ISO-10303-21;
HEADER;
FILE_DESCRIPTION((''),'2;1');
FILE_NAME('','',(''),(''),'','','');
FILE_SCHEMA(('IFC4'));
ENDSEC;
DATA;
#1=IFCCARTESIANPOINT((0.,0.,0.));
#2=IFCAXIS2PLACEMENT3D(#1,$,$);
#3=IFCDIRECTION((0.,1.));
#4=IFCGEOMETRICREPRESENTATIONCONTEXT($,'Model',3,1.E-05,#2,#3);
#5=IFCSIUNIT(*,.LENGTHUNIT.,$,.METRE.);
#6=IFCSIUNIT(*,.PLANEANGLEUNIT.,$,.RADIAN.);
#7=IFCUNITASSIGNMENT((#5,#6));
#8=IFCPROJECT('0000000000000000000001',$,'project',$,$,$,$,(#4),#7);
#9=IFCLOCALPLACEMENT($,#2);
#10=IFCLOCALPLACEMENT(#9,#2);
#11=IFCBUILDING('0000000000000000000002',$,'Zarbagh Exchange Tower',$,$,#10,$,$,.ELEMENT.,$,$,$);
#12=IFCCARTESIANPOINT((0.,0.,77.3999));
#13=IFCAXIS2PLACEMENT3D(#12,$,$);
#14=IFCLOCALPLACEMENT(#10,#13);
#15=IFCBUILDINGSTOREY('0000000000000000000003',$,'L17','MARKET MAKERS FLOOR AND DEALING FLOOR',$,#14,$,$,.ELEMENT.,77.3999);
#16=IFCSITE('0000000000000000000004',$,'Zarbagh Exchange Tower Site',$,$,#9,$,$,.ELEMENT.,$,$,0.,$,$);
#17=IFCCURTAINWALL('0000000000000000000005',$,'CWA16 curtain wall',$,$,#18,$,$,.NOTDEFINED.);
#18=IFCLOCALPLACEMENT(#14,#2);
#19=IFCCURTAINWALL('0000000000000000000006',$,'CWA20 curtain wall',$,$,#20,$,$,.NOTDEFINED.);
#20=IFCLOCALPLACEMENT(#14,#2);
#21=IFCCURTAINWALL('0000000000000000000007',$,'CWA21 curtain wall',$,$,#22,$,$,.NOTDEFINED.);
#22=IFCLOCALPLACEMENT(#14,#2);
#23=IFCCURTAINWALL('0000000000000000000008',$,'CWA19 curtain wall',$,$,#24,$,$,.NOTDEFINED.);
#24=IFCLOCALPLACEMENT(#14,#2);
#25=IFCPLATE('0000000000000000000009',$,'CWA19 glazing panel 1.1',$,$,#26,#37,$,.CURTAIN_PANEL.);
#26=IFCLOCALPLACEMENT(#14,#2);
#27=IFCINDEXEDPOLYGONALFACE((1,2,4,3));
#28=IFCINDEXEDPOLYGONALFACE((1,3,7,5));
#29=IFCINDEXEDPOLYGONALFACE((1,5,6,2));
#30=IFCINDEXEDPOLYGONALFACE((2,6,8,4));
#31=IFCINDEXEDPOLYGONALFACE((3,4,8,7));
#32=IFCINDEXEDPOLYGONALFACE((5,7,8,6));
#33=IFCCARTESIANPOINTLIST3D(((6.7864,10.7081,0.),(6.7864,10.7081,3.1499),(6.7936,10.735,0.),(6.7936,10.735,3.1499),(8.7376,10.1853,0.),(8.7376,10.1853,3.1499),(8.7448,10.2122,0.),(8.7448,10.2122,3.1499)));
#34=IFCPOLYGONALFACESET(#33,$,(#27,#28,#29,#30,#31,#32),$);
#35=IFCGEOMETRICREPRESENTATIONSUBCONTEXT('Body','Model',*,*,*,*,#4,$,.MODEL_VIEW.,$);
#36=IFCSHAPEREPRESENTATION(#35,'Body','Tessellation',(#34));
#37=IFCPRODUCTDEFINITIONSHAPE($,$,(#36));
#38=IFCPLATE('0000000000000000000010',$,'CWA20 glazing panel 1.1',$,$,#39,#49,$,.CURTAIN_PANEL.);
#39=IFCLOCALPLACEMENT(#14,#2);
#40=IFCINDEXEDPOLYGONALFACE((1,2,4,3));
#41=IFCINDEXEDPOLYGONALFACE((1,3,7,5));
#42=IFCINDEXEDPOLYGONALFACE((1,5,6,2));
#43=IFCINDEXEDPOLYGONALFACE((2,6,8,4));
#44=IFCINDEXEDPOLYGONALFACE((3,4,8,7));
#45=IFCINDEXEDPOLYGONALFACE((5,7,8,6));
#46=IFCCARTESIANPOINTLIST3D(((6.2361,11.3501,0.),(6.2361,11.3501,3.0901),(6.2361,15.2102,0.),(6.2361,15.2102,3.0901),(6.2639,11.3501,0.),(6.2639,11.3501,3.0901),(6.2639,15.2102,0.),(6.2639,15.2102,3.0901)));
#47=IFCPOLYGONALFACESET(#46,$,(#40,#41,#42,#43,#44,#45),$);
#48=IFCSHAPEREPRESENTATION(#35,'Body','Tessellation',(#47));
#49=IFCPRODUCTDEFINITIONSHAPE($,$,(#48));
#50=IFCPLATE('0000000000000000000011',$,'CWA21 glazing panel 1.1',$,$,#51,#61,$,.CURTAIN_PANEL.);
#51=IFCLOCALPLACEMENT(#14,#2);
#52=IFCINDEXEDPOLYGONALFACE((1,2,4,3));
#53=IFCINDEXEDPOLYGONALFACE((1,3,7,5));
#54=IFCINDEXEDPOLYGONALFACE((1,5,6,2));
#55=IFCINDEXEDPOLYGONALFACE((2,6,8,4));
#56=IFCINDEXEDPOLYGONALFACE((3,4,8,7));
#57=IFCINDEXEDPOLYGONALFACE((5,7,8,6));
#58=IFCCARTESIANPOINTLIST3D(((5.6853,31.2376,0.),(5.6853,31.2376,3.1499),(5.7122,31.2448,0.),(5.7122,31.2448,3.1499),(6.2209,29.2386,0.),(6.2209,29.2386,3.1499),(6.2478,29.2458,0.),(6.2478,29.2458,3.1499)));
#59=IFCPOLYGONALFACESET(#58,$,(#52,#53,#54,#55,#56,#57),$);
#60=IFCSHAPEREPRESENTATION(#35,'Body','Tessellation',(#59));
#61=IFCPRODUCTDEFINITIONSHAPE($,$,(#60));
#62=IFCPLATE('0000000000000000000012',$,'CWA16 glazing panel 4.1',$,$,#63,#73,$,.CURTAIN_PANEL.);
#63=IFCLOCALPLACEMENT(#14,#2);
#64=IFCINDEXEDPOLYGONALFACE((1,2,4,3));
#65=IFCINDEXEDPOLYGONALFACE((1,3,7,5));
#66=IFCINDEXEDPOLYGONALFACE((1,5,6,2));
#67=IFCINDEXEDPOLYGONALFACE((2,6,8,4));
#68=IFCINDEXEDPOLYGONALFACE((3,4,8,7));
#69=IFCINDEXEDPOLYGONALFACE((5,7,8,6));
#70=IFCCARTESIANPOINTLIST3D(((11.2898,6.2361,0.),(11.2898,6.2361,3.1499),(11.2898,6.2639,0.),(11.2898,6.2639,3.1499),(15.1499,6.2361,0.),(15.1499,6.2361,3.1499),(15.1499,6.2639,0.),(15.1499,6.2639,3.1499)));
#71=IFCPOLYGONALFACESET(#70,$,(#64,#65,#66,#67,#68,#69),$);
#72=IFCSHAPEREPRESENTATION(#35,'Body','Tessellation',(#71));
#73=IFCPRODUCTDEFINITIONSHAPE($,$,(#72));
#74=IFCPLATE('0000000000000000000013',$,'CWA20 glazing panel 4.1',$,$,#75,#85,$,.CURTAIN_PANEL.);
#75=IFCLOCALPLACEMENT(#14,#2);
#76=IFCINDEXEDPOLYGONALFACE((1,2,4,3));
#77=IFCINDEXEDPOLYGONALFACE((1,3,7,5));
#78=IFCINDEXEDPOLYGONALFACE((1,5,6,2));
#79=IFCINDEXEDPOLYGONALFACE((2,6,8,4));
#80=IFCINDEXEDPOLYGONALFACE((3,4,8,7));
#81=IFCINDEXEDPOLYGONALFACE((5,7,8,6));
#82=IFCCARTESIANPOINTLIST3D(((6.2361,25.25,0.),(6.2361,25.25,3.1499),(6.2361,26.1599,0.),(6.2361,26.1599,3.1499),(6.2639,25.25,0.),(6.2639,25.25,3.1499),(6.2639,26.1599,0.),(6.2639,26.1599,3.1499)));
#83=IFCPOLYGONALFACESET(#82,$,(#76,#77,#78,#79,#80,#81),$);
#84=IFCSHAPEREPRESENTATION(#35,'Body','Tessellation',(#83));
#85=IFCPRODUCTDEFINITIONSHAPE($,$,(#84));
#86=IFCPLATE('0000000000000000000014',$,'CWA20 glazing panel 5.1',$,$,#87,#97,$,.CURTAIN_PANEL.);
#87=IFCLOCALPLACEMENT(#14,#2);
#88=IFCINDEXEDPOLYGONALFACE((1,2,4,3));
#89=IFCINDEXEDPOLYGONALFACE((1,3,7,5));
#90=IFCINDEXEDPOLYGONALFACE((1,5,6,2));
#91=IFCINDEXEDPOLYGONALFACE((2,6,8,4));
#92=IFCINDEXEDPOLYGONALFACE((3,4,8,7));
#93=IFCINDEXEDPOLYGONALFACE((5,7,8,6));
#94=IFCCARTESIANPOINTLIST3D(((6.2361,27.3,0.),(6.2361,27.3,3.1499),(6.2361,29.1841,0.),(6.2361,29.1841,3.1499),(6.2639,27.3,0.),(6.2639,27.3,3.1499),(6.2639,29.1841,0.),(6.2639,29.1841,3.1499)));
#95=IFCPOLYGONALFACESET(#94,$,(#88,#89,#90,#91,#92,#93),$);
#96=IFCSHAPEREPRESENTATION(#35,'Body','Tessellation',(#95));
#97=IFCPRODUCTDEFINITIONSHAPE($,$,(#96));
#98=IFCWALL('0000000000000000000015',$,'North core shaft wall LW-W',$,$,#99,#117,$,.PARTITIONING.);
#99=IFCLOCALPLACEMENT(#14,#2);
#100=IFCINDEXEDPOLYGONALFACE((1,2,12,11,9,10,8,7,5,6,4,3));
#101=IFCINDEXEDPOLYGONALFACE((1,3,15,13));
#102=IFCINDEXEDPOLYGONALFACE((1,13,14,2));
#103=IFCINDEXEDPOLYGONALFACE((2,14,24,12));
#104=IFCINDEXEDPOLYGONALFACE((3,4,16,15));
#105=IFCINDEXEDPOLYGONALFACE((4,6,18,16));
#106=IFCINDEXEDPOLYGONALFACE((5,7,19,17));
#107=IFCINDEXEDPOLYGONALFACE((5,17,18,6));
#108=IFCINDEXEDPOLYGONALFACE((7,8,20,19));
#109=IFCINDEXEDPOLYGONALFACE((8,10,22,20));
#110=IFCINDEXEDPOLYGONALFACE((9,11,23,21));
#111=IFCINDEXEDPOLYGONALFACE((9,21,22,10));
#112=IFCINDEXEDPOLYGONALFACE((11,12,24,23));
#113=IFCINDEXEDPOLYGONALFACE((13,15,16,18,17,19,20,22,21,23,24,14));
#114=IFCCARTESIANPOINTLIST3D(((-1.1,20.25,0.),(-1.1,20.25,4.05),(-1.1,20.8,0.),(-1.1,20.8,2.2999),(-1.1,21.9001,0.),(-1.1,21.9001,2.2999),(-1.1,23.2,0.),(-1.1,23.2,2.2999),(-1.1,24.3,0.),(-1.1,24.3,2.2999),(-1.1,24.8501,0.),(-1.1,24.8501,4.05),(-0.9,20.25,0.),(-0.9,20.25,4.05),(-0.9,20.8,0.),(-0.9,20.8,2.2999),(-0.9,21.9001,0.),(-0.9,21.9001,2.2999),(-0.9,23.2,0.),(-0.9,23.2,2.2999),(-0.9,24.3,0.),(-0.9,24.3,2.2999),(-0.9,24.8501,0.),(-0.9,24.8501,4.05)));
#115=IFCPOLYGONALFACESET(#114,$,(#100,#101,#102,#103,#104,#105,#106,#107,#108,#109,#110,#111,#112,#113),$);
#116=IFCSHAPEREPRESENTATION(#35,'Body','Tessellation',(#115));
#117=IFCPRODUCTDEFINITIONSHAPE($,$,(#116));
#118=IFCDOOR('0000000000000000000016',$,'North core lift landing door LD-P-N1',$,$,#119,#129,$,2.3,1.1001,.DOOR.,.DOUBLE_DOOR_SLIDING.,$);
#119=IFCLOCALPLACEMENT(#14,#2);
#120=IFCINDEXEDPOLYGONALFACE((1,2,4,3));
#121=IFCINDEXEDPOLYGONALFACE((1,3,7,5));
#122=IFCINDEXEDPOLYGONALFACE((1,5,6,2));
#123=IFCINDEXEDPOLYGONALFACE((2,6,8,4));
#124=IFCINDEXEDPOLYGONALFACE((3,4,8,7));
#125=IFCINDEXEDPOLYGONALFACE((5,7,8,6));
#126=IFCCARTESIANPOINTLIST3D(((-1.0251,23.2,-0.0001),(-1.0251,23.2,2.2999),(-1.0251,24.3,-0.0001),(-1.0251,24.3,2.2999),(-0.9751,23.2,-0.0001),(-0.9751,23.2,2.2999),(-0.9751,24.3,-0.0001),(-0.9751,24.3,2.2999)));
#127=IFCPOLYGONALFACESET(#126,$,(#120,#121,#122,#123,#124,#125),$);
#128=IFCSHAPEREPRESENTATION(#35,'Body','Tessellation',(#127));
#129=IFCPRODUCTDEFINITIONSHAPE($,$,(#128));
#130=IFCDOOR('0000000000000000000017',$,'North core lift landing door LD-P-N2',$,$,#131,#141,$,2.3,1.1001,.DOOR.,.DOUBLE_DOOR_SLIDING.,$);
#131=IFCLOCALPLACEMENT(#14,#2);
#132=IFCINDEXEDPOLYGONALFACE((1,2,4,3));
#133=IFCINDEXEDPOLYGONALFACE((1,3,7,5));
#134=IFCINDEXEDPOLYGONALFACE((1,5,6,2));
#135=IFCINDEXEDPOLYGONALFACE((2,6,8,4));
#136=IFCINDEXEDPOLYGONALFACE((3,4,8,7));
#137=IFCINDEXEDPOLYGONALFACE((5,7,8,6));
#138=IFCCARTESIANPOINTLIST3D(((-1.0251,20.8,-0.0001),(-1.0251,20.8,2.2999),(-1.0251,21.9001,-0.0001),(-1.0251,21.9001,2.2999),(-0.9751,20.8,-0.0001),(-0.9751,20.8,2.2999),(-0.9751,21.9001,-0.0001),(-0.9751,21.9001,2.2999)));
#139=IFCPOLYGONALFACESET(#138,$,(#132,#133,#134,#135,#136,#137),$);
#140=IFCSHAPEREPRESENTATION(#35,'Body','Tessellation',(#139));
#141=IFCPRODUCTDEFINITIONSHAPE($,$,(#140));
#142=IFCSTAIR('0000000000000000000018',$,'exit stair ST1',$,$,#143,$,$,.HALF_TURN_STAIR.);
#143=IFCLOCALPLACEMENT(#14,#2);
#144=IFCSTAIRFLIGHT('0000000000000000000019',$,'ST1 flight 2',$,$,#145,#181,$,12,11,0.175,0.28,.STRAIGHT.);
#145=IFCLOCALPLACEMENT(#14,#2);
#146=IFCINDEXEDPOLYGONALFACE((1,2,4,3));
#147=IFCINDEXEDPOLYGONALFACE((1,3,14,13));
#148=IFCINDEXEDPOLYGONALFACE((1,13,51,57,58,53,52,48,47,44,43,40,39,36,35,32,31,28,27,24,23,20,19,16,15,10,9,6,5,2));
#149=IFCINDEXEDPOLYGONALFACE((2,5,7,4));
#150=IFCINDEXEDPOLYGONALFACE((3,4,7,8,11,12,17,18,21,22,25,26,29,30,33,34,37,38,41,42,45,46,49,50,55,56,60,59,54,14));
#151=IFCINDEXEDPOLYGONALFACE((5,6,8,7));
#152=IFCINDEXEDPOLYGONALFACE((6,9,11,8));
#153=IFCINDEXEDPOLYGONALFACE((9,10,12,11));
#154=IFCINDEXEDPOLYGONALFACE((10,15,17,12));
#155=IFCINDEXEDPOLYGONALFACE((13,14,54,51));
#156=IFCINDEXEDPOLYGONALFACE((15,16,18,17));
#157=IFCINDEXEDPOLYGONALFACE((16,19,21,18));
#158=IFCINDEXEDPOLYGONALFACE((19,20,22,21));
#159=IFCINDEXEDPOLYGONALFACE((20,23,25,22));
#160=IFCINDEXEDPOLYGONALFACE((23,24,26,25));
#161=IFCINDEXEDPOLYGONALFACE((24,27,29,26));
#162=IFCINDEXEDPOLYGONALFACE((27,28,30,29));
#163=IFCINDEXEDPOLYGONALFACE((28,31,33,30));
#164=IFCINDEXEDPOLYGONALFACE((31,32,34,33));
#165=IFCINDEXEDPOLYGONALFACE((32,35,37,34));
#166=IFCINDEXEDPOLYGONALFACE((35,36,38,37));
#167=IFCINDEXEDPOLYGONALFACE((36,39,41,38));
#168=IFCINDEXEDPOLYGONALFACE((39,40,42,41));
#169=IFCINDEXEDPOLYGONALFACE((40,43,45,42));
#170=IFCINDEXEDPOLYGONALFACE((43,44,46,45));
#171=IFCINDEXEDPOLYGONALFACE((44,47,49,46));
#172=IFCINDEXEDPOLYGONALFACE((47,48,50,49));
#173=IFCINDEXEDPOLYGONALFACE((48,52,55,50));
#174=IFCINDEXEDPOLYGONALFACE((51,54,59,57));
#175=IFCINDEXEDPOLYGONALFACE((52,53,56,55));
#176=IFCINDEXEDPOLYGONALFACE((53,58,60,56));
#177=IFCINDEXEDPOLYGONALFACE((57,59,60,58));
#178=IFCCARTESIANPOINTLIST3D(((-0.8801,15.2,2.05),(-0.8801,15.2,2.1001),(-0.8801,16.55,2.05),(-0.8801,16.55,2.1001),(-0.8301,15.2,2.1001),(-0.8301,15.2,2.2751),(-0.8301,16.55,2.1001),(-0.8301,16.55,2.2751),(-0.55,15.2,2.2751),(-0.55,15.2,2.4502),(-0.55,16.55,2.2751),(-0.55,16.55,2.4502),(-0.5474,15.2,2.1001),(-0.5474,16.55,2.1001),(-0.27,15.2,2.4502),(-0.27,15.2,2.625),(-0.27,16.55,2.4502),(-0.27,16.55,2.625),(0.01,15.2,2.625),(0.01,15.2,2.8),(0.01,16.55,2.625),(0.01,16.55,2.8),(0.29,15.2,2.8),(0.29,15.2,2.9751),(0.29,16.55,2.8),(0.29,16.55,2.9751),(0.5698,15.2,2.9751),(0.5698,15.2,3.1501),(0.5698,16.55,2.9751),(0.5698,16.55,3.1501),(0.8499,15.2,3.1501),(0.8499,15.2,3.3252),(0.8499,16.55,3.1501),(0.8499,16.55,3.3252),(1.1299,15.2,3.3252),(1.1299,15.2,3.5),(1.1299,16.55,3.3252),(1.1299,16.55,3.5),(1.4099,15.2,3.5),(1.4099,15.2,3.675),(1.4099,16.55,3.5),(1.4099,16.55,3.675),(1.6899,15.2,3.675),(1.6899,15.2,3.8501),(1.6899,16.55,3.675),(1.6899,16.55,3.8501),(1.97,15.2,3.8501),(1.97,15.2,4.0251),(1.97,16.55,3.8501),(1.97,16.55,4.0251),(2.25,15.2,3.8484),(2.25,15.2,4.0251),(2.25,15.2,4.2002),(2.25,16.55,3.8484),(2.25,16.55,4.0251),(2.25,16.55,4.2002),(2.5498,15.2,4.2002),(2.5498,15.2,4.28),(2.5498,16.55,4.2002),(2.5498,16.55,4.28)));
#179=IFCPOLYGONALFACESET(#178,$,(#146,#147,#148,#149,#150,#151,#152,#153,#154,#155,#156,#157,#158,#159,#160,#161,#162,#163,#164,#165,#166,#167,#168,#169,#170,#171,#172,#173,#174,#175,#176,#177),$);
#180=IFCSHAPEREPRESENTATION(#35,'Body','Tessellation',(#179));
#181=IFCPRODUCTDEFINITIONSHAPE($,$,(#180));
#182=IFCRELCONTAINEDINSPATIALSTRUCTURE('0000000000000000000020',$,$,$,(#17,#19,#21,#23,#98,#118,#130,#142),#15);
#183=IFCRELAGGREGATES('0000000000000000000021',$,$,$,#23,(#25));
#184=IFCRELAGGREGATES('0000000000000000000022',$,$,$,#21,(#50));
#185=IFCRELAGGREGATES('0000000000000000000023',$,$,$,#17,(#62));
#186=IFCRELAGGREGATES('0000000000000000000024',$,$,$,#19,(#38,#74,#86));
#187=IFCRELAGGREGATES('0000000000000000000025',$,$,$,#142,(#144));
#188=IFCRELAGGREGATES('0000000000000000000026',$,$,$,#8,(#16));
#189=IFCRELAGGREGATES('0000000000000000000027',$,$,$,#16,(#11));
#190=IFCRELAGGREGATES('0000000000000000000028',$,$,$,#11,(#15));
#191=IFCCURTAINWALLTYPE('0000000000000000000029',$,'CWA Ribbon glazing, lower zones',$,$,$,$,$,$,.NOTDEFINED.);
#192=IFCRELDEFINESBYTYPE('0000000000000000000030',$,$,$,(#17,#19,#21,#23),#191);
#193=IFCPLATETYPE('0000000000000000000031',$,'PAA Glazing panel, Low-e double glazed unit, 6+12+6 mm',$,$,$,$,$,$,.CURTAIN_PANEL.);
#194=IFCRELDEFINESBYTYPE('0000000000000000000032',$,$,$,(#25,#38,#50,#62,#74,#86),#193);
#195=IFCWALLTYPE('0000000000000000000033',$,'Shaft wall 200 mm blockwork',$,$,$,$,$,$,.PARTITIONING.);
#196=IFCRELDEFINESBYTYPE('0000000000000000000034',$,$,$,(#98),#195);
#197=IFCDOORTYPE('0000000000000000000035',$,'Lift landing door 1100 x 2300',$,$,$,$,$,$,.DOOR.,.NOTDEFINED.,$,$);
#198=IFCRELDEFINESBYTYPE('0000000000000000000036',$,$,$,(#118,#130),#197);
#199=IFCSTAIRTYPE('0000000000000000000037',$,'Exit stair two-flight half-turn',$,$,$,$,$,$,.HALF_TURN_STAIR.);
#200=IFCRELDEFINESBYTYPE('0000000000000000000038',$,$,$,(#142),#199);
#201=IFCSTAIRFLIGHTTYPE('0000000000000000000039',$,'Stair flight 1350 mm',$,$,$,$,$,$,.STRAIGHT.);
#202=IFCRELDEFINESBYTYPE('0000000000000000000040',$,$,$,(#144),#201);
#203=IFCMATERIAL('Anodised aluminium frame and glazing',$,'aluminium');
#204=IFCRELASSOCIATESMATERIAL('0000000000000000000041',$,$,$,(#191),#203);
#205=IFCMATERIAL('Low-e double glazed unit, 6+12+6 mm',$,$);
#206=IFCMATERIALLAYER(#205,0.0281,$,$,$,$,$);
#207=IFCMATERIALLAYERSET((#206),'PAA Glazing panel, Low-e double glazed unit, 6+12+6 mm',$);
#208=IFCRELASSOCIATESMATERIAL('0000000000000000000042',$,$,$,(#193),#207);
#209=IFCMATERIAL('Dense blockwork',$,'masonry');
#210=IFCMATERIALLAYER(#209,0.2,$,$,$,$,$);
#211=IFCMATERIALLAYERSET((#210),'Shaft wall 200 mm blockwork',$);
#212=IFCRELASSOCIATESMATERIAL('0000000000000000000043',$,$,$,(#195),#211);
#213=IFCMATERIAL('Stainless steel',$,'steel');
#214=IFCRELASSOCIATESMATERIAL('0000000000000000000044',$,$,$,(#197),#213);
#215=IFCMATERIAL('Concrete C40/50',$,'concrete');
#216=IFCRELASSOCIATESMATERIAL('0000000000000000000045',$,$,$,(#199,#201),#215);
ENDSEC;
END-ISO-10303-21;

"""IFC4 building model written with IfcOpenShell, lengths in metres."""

from ifc_helpers import new_model, si_unit, direction, frame, frame_2d, origin, place, context, subcontext, project, spatial, polyline, rectangle, outline, extrude, source, transform, mapped, material, layer, layer_set, type_object, element, fill, aggregate, save


model = new_model("IFC4")

# Units and contexts
model_context = context("Model", 3, precision=1e-05, world=origin(), true_north=direction((0.0, 1.0)))
body_context = subcontext(model_context, "Body", "Model", "MODEL_VIEW")
ifc_project = project(units=[si_unit("LENGTHUNIT", "METRE"), si_unit("PLANEANGLEUNIT", "RADIAN")], contexts=[model_context])

# Site, building, storey
site_placement = place(None, origin())
site = spatial("IfcSite", under=ifc_project, at=site_placement, Name="Zarbagh Exchange Tower Site", CompositionType="ELEMENT", RefElevation=0.0)
building_placement = place(site_placement, origin())
building = spatial("IfcBuilding", under=site, at=building_placement, Name="Zarbagh Exchange Tower", CompositionType="ELEMENT")
storey_placement = place(building_placement, frame((0.0, 0.0, 77.3999)))
storey = spatial("IfcBuildingStorey", under=building, at=storey_placement, Name="L17", Description="MARKET MAKERS FLOOR AND DEALING FLOOR", CompositionType="ELEMENT", Elevation=77.3999)

# Curtain wall
ifc_material_1 = material(Name="Anodised aluminium frame and glazing", Category="aluminium")
curtain_wall_type = type_object("IfcCurtainWallType", Name="CWA Ribbon glazing, lower zones", PredefinedType="NOTDEFINED", material=ifc_material_1)
curtain_wall_1_placement = place(storey_placement, origin())
curtain_wall_1 = element("IfcCurtainWall", 1, at=curtain_wall_1_placement, inside=storey, type_object=curtain_wall_type, Name="CWA16 curtain wall", PredefinedType="NOTDEFINED")
placement = place(storey_placement, origin())

# Curtain wall
curtain_wall_2_placement = place(storey_placement, origin())
curtain_wall_2 = element("IfcCurtainWall", 2, at=curtain_wall_2_placement, inside=storey, type_object=curtain_wall_type, Name="CWA20 curtain wall", PredefinedType="NOTDEFINED")

# Curtain wall
curtain_wall_3_placement = place(storey_placement, origin())
curtain_wall_3 = element("IfcCurtainWall", 3, at=curtain_wall_3_placement, inside=storey, type_object=curtain_wall_type, Name="CWA21 curtain wall", PredefinedType="NOTDEFINED")

# Shared definitions
ifc_material_2 = material(Name="Low-e double glazed unit, 6+12+6 mm")
ifc_layer_1 = layer(ifc_material_2, 0.0281)
ifc_layer_set_1 = layer_set([ifc_layer_1], Name="PAA Glazing panel, Low-e double glazed unit, 6+12+6 mm")
plate_type = type_object("IfcPlateType", Name="PAA Glazing panel, Low-e double glazed unit, 6+12+6 mm", PredefinedType="CURTAIN_PANEL", material=ifc_layer_set_1)

# Curtain wall, plate
curtain_wall_4_placement = place(storey_placement, origin())
curtain_wall_4 = element("IfcCurtainWall", 4, at=curtain_wall_4_placement, inside=storey, type_object=curtain_wall_type, Name="CWA19 curtain wall", PredefinedType="NOTDEFINED")
shared_shape_1 = source(origin(), body_context, "Body", "SweptSolid", [
    extrude(outline(polyline([(0.0, -0.0139), (2.02, -0.0139), (2.02, 0.0139), (0.0, 0.0139), (0.0, -0.0139)])), origin(), (0.0, 0.0, 1.0), 3.1499),
])
plate_1 = element("IfcPlate", 5, at=placement, type_object=plate_type, Name="CWA19 glazing panel 1.1", PredefinedType="CURTAIN_PANEL", context=body_context, shape_type="MappedRepresentation", body=[
    mapped(shared_shape_1, transform((8.7412, 10.1987, 0.0), x_axis=(-0.965924, 0.258825, 0.0), y_axis=(-0.258825, -0.965924, 0.0), z_axis=(0.0, 0.0, 1.0))),
])
aggregate(curtain_wall_4, [plate_1])

# Plates
shared_shape_2 = source(origin(), body_context, "Body", "SweptSolid", [
    extrude(outline(polyline([(0.0, -0.0139), (3.8601, -0.0139), (3.8601, 0.0139), (0.0, 0.0139), (0.0, -0.0139)])), origin(), (0.0, 0.0, 1.0), 3.0901),
])
plate_2 = element("IfcPlate", 6, at=placement, type_object=plate_type, Name="CWA20 glazing panel 1.1", PredefinedType="CURTAIN_PANEL", context=body_context, shape_type="MappedRepresentation", body=[
    mapped(shared_shape_2, transform((6.25, 11.3501, 0.0), x_axis=(0.0, 1.0, 0.0), y_axis=(-1.0, 0.0, 0.0), z_axis=(0.0, 0.0, 1.0))),
])
shared_shape_3 = source(origin(), body_context, "Body", "SweptSolid", [
    extrude(outline(polyline([(0.0, -0.0139), (2.0696, -0.0139), (2.0696, 0.0139), (0.0, 0.0139), (0.0, -0.0139)])), origin(), (0.0, 0.0, 1.0), 3.1499),
])
plate_3 = element("IfcPlate", 7, at=placement, type_object=plate_type, Name="CWA21 glazing panel 1.1", PredefinedType="CURTAIN_PANEL", context=body_context, shape_type="MappedRepresentation", body=[
    mapped(shared_shape_3, transform((6.2344, 29.2422, 0.0), x_axis=(-0.258825, 0.965924, 0.0), y_axis=(-0.965924, -0.258825, 0.0), z_axis=(0.0, 0.0, 1.0))),
])
aggregate(curtain_wall_3, [plate_3])
shared_shape_4 = source(origin(), body_context, "Body", "SweptSolid", [
    extrude(outline(polyline([(0.0, -0.0139), (3.8601, -0.0139), (3.8601, 0.0139), (0.0, 0.0139), (0.0, -0.0139)])), origin(), (0.0, 0.0, 1.0), 3.1499),
])
plate_4 = element("IfcPlate", 8, at=placement, type_object=plate_type, Name="CWA16 glazing panel 4.1", PredefinedType="CURTAIN_PANEL", context=body_context, shape_type="MappedRepresentation", body=[
    mapped(shared_shape_4, transform((15.1499, 6.25, 0.0), x_axis=(-1.0, 0.0, 0.0), y_axis=(0.0, -1.0, 0.0), z_axis=(0.0, 0.0, 1.0))),
])
aggregate(curtain_wall_1, [plate_4])
shared_shape_5 = source(origin(), body_context, "Body", "SweptSolid", [
    extrude(outline(polyline([(0.0, -0.0139), (0.9099, -0.0139), (0.9099, 0.0139), (0.0, 0.0139), (0.0, -0.0139)])), origin(), (0.0, 0.0, 1.0), 3.1499),
])
plate_5 = element("IfcPlate", 9, at=placement, type_object=plate_type, Name="CWA20 glazing panel 4.1", PredefinedType="CURTAIN_PANEL", context=body_context, shape_type="MappedRepresentation", body=[
    mapped(shared_shape_5, transform((6.25, 25.25, 0.0), x_axis=(0.0, 1.0, 0.0), y_axis=(-1.0, 0.0, 0.0), z_axis=(0.0, 0.0, 1.0))),
])
shared_shape_6 = source(origin(), body_context, "Body", "SweptSolid", [
    extrude(outline(polyline([(0.0, -0.0139), (1.884, -0.0139), (1.884, 0.0139), (0.0, 0.0139), (0.0, -0.0139)])), origin(), (0.0, 0.0, 1.0), 3.1499),
])
plate_6 = element("IfcPlate", 10, at=placement, type_object=plate_type, Name="CWA20 glazing panel 5.1", PredefinedType="CURTAIN_PANEL", context=body_context, shape_type="MappedRepresentation", body=[
    mapped(shared_shape_6, transform((6.25, 27.3, 0.0), x_axis=(0.0, 1.0, 0.0), y_axis=(-1.0, 0.0, 0.0), z_axis=(0.0, 0.0, 1.0))),
])
aggregate(curtain_wall_2, [plate_2, plate_5, plate_6])

# Wall, openings, doors
ifc_material_3 = material(Name="Dense blockwork", Category="masonry")
ifc_layer_2 = layer(ifc_material_3, 0.2)
ifc_layer_set_2 = layer_set([ifc_layer_2], Name="Shaft wall 200 mm blockwork")
wall_type = type_object("IfcWallType", Name="Shaft wall 200 mm blockwork", PredefinedType="PARTITIONING", material=ifc_layer_set_2)
wall_placement = place(storey_placement, frame((-1.0, 24.8501, 0.0), z_axis=(0.0, 0.0, 1.0), x_axis=(0.0, -1.0, 0.0)))
wall = element("IfcWall", 11, at=wall_placement, inside=storey, type_object=wall_type, Name="North core shaft wall LW-W", PredefinedType="PARTITIONING", context=body_context, shape_type="SweptSolid", body=[
    extrude(rectangle(XDim=4.6001, YDim=0.2, at=frame_2d((2.3, 0.0))), origin(), (0.0, 0.0, 1.0), 4.05),
])
opening_1_placement = place(wall_placement, frame((0.55, 0.0, 0.0)))
opening_1 = element("IfcOpeningElement", 12, at=opening_1_placement, cuts=wall, PredefinedType="OPENING", context=body_context, shape_type="SweptSolid", body=[
    extrude(rectangle(XDim=1.1001, YDim=2.3, at=frame_2d((0.55, 1.1499))), frame((0.0, 0.1099, 0.0), z_axis=(0.0, -1.0, 0.0), x_axis=(1.0, 0.0, 0.0)), (0.0, 0.0, 1.0), 0.22),
])
opening_2_placement = place(wall_placement, frame((2.95, 0.0, 0.0)))
opening_2 = element("IfcOpeningElement", 13, at=opening_2_placement, cuts=wall, PredefinedType="OPENING", context=body_context, shape_type="SweptSolid", body=[
    extrude(rectangle(XDim=1.1001, YDim=2.3, at=frame_2d((0.55, 1.1499))), frame((0.0, 0.1099, 0.0), z_axis=(0.0, -1.0, 0.0), x_axis=(1.0, 0.0, 0.0)), (0.0, 0.0, 1.0), 0.22),
])
ifc_material_4 = material(Name="Stainless steel", Category="steel")
door_type = type_object("IfcDoorType", Name="Lift landing door 1100 x 2300", OperationType="NOTDEFINED", PredefinedType="DOOR", material=ifc_material_4)
door_1_placement = place(opening_1_placement, origin())
door_1 = element("IfcDoor", 14, at=door_1_placement, inside=storey, type_object=door_type, Name="North core lift landing door LD-P-N1", OperationType="DOUBLE_DOOR_SLIDING", OverallHeight=2.3, OverallWidth=1.1001, PredefinedType="DOOR", context=body_context, shape_type="SweptSolid", body=[
    extrude(rectangle(XDim=1.1001, YDim=2.3, at=frame_2d((0.55, 1.1499))), frame((0.0, 0.0249, 0.0), z_axis=(0.0, -1.0, 0.0), x_axis=(1.0, 0.0, 0.0)), (0.0, 0.0, 1.0), 0.05),
])
fill(opening_1, door_1)
door_2_placement = place(opening_2_placement, origin())
door_2 = element("IfcDoor", 15, at=door_2_placement, inside=storey, type_object=door_type, Name="North core lift landing door LD-P-N2", OperationType="DOUBLE_DOOR_SLIDING", OverallHeight=2.3, OverallWidth=1.1001, PredefinedType="DOOR", context=body_context, shape_type="SweptSolid", body=[
    extrude(rectangle(XDim=1.1001, YDim=2.3, at=frame_2d((0.55, 1.1499))), frame((0.0, 0.0249, 0.0), z_axis=(0.0, -1.0, 0.0), x_axis=(1.0, 0.0, 0.0)), (0.0, 0.0, 1.0), 0.05),
])
fill(opening_2, door_2)

# Stair, stair flight
ifc_material_5 = material(Name="Concrete C40/50", Category="concrete")
stair_type = type_object("IfcStairType", Name="Exit stair two-flight half-turn", PredefinedType="HALF_TURN_STAIR", material=ifc_material_5)
stair_placement = place(storey_placement, origin())
stair = element("IfcStair", 16, at=stair_placement, inside=storey, type_object=stair_type, Name="exit stair ST1", PredefinedType="HALF_TURN_STAIR")
stair_flight_type = type_object("IfcStairFlightType", Name="Stair flight 1350 mm", PredefinedType="STRAIGHT", material=ifc_material_5)
stair_flight_placement = place(storey_placement, frame((-0.8301, 15.875, 2.1001), z_axis=(0.0, 0.0, 1.0), x_axis=(1.0, 0.0, 0.0)))
stair_flight = element("IfcStairFlight", 17, at=stair_flight_placement, type_object=stair_flight_type, Name="ST1 flight 2", NumberOfRisers=12, NumberOfTreads=11, PredefinedType="STRAIGHT", RiserHeight=0.175, TreadLength=0.28, context=body_context, shape_type="SweptSolid", body=[
    extrude(outline(polyline([(-0.05, -0.05), (-0.05, 0.0), (0.0, 0.0), (0.0, 0.175), (0.28, 0.175), (0.28, 0.3501), (0.5601, 0.3501), (0.5601, 0.5249), (0.8401, 0.5249), (0.8401, 0.7), (1.1201, 0.7), (1.1201, 0.875), (1.3999, 0.875), (1.3999, 1.05), (1.6799, 1.05), (1.6799, 1.2251), (1.96, 1.2251), (1.96, 1.3999), (2.24, 1.3999), (2.24, 1.575), (2.52, 1.575), (2.52, 1.75), (2.8, 1.75), (2.8, 1.925), (3.0801, 1.925), (3.0801, 2.1001), (3.3799, 2.1799), (3.3799, 2.1001), (3.0801, 1.7483), (0.2827, 0.0), (-0.05, -0.05)])), frame((0.0, 0.675, 0.0), z_axis=(0.0, -1.0, 0.0), x_axis=(1.0, 0.0, 0.0)), (0.0, 0.0, 1.0), 1.3501),
])
aggregate(stair, [stair_flight])

save(model, "model.ifc")
